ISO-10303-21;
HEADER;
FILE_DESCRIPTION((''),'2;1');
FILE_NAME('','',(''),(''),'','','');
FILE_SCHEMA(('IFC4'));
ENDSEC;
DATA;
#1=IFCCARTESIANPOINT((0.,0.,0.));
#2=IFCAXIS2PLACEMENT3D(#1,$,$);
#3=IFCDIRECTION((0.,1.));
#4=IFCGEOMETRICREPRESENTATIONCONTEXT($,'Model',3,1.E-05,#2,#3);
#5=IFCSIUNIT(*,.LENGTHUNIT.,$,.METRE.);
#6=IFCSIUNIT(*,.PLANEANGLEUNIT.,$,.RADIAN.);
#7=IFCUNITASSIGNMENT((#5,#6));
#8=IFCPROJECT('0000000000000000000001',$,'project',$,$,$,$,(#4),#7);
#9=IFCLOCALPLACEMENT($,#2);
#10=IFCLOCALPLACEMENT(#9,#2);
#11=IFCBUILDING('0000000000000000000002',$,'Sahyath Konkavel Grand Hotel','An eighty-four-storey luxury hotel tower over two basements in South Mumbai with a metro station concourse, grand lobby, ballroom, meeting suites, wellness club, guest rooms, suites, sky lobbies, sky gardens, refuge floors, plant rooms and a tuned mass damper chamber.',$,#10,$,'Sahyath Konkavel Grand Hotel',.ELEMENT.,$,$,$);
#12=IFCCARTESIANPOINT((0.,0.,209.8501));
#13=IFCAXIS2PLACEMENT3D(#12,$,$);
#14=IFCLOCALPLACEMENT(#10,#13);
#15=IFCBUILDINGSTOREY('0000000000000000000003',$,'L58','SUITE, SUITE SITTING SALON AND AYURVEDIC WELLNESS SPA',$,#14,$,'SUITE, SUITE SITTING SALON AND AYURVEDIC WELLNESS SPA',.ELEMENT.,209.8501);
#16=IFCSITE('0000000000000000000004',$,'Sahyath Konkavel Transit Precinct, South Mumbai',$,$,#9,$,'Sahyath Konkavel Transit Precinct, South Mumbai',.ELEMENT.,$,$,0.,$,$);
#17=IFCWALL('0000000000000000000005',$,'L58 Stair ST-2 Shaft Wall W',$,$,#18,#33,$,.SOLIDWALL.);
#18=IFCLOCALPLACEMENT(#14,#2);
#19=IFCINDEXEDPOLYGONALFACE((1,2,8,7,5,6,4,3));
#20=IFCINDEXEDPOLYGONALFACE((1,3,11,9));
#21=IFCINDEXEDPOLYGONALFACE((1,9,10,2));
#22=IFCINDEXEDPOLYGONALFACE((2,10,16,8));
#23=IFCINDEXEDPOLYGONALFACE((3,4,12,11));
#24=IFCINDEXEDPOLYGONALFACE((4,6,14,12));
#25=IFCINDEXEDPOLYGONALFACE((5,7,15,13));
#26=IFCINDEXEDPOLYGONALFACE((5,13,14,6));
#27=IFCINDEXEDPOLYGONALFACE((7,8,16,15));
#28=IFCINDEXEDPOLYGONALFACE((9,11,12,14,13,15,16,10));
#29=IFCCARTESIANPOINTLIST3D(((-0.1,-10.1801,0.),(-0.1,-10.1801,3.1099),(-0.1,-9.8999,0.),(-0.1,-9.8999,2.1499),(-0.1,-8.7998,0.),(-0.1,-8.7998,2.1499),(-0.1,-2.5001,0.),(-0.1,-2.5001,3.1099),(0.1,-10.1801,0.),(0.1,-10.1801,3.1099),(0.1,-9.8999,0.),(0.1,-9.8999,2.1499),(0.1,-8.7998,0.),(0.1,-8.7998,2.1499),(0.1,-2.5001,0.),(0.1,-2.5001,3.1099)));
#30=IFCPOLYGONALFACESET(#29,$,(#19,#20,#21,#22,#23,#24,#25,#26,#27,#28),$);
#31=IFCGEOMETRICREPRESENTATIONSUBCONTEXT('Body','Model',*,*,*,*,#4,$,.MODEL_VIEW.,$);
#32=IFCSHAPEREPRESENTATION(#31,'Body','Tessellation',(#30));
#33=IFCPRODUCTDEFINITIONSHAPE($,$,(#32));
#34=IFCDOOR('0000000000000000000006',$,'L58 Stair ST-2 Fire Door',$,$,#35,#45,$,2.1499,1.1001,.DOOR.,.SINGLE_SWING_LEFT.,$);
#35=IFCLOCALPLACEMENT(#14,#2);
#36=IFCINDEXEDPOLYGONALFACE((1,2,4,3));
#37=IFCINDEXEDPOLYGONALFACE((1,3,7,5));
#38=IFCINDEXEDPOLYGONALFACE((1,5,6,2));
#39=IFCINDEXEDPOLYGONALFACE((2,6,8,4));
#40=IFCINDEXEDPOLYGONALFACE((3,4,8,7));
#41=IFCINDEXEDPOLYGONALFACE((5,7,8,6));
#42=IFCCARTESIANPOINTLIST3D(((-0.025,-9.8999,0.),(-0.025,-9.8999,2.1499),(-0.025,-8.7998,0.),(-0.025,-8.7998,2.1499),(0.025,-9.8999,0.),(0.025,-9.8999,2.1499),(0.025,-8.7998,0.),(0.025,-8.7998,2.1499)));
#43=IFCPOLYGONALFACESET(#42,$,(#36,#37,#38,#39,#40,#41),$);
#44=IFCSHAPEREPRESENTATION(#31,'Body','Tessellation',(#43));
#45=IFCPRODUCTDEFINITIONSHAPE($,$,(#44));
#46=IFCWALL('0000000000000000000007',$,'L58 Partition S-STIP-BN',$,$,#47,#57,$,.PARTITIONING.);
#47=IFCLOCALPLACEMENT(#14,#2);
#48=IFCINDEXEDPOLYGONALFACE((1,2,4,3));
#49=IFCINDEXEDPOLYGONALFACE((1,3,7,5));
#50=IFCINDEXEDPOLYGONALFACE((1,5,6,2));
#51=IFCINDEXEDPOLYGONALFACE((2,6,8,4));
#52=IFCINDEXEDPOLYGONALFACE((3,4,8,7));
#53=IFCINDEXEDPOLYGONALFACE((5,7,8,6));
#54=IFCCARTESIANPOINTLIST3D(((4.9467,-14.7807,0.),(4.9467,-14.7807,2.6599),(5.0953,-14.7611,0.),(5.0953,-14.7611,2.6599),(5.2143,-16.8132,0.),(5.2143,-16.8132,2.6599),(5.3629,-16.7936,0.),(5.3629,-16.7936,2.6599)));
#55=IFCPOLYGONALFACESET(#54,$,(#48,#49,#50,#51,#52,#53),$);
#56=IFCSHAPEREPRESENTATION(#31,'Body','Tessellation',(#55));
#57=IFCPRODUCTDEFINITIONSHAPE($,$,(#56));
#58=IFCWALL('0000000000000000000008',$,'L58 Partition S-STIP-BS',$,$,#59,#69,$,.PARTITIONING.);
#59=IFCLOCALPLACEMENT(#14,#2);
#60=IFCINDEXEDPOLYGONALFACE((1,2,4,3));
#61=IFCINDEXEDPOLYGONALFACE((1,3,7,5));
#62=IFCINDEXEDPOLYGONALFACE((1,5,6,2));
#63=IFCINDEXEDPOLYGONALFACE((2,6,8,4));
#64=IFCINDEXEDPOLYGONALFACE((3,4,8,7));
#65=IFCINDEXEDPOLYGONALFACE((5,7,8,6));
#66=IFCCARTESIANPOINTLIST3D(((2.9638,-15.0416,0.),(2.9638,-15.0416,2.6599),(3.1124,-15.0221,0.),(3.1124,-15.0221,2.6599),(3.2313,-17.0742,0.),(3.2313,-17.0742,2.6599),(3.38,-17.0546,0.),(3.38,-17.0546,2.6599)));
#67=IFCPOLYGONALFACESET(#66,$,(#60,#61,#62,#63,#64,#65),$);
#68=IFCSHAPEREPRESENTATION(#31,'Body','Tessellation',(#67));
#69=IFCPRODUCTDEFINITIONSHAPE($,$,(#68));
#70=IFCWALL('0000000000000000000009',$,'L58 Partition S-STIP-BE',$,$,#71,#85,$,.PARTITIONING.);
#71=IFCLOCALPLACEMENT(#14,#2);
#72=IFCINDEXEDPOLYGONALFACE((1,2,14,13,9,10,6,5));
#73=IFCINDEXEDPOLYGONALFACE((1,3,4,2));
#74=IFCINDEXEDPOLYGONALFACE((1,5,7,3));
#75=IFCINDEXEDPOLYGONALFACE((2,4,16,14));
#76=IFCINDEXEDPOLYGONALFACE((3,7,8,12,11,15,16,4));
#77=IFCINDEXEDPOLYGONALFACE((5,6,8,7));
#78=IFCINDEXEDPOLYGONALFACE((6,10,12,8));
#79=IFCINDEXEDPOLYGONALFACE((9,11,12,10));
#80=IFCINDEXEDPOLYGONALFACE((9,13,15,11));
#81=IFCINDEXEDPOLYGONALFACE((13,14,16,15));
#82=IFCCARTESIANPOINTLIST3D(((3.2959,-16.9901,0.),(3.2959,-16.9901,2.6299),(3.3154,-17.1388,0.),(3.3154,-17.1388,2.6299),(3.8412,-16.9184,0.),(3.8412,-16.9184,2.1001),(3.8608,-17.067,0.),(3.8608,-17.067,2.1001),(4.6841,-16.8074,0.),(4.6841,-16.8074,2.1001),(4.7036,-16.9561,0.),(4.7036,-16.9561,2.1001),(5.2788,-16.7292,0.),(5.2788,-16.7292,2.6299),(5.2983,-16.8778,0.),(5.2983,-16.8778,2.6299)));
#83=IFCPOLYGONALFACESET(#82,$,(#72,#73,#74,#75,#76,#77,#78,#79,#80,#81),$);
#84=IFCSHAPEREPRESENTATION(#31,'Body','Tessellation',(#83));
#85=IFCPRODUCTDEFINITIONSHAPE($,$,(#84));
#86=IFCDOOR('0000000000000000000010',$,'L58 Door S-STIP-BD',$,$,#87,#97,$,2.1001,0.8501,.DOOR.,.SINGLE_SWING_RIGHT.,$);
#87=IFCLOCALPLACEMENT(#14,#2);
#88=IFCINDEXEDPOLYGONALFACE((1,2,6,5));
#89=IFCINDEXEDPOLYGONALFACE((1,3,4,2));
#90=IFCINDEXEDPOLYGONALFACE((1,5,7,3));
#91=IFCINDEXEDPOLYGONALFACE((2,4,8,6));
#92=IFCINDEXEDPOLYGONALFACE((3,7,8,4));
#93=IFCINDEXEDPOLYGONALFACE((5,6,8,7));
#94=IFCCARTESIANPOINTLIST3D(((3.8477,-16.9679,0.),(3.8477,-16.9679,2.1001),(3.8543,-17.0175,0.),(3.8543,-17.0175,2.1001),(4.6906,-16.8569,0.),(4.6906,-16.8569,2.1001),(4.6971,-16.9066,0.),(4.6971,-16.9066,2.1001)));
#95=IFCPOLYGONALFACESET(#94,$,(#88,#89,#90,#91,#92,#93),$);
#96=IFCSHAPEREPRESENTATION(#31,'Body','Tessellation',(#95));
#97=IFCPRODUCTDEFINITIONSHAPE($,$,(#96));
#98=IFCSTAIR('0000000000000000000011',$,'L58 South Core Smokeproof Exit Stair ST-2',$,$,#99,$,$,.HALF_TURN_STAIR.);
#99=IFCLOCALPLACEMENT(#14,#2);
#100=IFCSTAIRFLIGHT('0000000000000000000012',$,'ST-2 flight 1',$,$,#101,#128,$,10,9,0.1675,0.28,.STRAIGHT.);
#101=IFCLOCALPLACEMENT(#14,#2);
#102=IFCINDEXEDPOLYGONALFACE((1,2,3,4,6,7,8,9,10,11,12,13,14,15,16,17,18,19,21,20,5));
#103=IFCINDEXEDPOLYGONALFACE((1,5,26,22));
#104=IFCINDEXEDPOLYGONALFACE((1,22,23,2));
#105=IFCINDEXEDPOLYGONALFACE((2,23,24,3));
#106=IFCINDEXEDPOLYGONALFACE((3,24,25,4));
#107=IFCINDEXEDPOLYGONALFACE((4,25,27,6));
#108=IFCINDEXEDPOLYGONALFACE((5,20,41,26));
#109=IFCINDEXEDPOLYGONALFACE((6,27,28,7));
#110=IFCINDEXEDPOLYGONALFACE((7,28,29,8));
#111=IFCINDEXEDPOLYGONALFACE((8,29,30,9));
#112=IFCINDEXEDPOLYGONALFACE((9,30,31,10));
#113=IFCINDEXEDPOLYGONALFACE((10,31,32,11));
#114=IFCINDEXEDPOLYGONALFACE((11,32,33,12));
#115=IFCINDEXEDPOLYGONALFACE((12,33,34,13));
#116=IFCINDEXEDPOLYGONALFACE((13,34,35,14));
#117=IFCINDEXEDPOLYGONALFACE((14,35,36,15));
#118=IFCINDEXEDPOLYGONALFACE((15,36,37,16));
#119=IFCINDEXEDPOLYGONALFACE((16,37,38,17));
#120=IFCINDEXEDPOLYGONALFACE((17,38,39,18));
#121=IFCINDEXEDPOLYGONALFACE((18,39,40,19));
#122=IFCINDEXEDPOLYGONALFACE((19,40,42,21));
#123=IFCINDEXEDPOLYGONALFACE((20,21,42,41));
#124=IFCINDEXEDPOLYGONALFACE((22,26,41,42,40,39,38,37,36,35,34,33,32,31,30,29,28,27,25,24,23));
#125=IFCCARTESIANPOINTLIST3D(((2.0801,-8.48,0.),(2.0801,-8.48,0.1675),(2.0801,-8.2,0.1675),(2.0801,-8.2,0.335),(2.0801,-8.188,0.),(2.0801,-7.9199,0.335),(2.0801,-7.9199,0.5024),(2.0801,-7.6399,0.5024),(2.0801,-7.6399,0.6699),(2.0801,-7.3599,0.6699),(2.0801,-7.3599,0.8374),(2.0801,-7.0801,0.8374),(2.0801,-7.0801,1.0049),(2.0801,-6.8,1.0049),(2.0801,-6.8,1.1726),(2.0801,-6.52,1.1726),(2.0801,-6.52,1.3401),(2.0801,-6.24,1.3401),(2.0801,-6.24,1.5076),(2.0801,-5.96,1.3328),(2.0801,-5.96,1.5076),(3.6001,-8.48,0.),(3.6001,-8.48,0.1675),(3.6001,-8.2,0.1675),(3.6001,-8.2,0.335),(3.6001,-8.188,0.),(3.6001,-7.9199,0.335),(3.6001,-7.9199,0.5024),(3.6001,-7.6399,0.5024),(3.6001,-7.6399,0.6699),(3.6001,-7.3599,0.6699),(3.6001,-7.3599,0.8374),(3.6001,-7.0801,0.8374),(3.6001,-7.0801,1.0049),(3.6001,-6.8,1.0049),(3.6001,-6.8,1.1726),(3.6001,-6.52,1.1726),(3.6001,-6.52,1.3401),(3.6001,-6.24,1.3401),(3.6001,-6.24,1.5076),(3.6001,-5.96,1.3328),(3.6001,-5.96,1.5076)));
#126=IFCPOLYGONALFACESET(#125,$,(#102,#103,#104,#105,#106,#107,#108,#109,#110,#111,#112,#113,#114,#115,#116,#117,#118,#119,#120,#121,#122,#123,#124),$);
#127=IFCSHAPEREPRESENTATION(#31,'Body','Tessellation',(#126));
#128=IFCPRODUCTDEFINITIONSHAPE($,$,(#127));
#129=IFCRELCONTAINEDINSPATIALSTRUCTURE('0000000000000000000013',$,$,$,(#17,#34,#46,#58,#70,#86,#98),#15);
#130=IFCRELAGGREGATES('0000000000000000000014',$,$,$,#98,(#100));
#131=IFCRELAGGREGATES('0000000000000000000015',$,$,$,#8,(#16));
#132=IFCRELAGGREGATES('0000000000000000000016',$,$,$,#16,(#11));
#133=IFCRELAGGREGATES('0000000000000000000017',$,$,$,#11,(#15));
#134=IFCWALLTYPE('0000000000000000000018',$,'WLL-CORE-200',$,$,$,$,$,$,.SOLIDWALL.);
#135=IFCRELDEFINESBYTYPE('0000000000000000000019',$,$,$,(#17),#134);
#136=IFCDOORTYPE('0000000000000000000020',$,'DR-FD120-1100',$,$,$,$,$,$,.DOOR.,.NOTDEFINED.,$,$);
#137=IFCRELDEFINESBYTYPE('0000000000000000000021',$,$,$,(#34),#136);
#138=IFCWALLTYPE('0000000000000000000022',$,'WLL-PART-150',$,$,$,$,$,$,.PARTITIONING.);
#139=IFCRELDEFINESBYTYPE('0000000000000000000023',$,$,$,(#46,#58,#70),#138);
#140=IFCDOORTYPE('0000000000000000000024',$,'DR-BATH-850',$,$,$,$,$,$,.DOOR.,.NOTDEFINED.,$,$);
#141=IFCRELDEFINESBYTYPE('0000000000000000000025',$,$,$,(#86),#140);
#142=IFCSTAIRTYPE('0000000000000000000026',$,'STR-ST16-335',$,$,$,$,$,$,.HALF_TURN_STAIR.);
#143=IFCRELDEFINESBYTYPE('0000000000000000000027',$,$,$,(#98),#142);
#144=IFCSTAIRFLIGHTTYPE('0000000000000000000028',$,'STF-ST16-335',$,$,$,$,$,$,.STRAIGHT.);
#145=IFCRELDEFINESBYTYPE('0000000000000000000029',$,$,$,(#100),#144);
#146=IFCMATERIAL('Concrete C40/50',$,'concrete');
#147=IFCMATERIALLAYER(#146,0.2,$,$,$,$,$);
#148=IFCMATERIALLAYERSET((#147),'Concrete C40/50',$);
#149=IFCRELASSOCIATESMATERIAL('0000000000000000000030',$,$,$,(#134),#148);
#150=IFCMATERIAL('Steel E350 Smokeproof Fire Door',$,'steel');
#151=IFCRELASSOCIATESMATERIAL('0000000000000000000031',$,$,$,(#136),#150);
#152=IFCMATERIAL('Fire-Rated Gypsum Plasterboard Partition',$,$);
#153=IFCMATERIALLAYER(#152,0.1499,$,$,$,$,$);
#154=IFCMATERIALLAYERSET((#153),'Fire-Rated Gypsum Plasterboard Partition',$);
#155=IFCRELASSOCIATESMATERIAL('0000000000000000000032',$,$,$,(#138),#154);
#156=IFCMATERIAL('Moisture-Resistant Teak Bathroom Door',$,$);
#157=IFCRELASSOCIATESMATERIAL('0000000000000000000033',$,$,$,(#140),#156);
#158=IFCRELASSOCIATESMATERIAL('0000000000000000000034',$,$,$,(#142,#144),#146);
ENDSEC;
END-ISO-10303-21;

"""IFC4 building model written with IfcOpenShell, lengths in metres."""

from ifc_helpers import new_model, si_unit, direction, frame, frame_2d, origin, origin_2d, place, context, subcontext, project, spatial, polyline, rectangle, outline, extrude, source, transform, mapped, material, layer, layer_set, type_object, element, fill, aggregate, save


model = new_model("IFC4")

# Units and contexts
model_context = context("Model", 3, precision=1e-05, world=origin(), true_north=direction((0.0, 1.0)))
body_context = subcontext(model_context, "Body", "Model", "MODEL_VIEW")
ifc_project = project(units=[si_unit("LENGTHUNIT", "METRE"), si_unit("PLANEANGLEUNIT", "RADIAN")], contexts=[model_context])

# Site, building, storey
site_placement = place(None, origin())
site = spatial("IfcSite", under=ifc_project, at=site_placement, Name="Sahyath Konkavel Transit Precinct, South Mumbai", LongName="Sahyath Konkavel Transit Precinct, South Mumbai", CompositionType="ELEMENT", RefElevation=0.0)
building_placement = place(site_placement, origin())
building = spatial("IfcBuilding", under=site, at=building_placement, Name="Sahyath Konkavel Grand Hotel", Description="An eighty-four-storey luxury hotel tower over two basements in South Mumbai with a metro station concourse, grand lobby, ballroom, meeting suites, wellness club, guest rooms, suites, sky lobbies, sky gardens, refuge floors, plant rooms and a tuned mass damper chamber.", LongName="Sahyath Konkavel Grand Hotel", CompositionType="ELEMENT")
storey_placement = place(building_placement, frame((0.0, 0.0, 209.8501)))
storey = spatial("IfcBuildingStorey", under=building, at=storey_placement, Name="L58", Description="SUITE, SUITE SITTING SALON AND AYURVEDIC WELLNESS SPA", LongName="SUITE, SUITE SITTING SALON AND AYURVEDIC WELLNESS SPA", CompositionType="ELEMENT", Elevation=209.8501)

# Shared definitions
ifc_material_1 = material(Name="Concrete C40/50", Category="concrete")

# Wall, opening, door
ifc_layer_1 = layer(ifc_material_1, 0.2)
ifc_layer_set_1 = layer_set([ifc_layer_1], Name="Concrete C40/50")
wall_type_1 = type_object("IfcWallType", Name="WLL-CORE-200", PredefinedType="SOLIDWALL", material=ifc_layer_set_1)
wall_1_placement = place(storey_placement, frame((0.0, -10.1799, 0.0), z_axis=(0.0, 0.0, 1.0), x_axis=(0.0, 1.0, 0.0)))
wall_1 = element("IfcWall", 1, at=wall_1_placement, inside=storey, type_object=wall_type_1, Name="L58 Stair ST-2 Shaft Wall W", PredefinedType="SOLIDWALL", context=body_context, shape_type="SweptSolid", body=[
    extrude(rectangle(XDim=7.6799, YDim=0.2, at=frame_2d((3.8398, 0.0))), origin(), (0.0, 0.0, 1.0), 3.1099),
])
opening_1_placement = place(wall_1_placement, frame((0.28, 0.0, 0.0)))
opening_1 = element("IfcOpeningElement", 2, at=opening_1_placement, cuts=wall_1, PredefinedType="OPENING", context=body_context, shape_type="SweptSolid", body=[
    extrude(rectangle(XDim=1.1001, YDim=2.1499, at=frame_2d((0.55, 1.075))), frame((0.0, 0.1099, 0.0), z_axis=(0.0, -1.0, 0.0), x_axis=(1.0, 0.0, 0.0)), (0.0, 0.0, 1.0), 0.22),
])
ifc_material_2 = material(Name="Steel E350 Smokeproof Fire Door", Category="steel")
door_type_1 = type_object("IfcDoorType", Name="DR-FD120-1100", OperationType="NOTDEFINED", PredefinedType="DOOR", material=ifc_material_2)
shared_shape_1 = source(origin(), body_context, "Body", "SweptSolid", [
    extrude(rectangle(XDim=1.1001, YDim=0.05, at=origin_2d()), origin(), (0.0, 0.0, 1.0), 2.1499),
])
door_1_placement = place(opening_1_placement, frame((0.55, 0.0, 0.0)))
door_1 = element("IfcDoor", 3, at=door_1_placement, inside=storey, type_object=door_type_1, Name="L58 Stair ST-2 Fire Door", OperationType="SINGLE_SWING_LEFT", OverallHeight=2.1499, OverallWidth=1.1001, PredefinedType="DOOR", context=body_context, shape_type="MappedRepresentation", body=[
    mapped(shared_shape_1, transform((0.0, 0.0, 0.0), scale=1.0)),
])
fill(opening_1, door_1)

# Walls
ifc_material_3 = material(Name="Fire-Rated Gypsum Plasterboard Partition")
ifc_layer_2 = layer(ifc_material_3, 0.1499)
ifc_layer_set_2 = layer_set([ifc_layer_2], Name="Fire-Rated Gypsum Plasterboard Partition")
wall_type_2 = type_object("IfcWallType", Name="WLL-PART-150", PredefinedType="PARTITIONING", material=ifc_layer_set_2)
for number, where, z_axis, x_axis, name in (
    (4, (5.021, -14.771, 0.0), (0.0, 0.0, 1.0), (0.130525, -0.991445, 0.0), "L58 Partition S-STIP-BN"),
    (5, (3.0381, -15.032, 0.0), (0.0, 0.0, 1.0), (0.130525, -0.991445, 0.0), "L58 Partition S-STIP-BS"),
):
    element("IfcWall", number, at=place(storey_placement, frame(where, z_axis=z_axis, x_axis=x_axis)), inside=storey, type_object=wall_type_2, Name=name, PredefinedType="PARTITIONING", context=body_context, shape_type="SweptSolid", body=[
        extrude(rectangle(XDim=2.05, YDim=0.1499, at=frame_2d((1.0249, 0.0))), origin(), (0.0, 0.0, 1.0), 2.6599),
    ])

# Wall, opening, door
wall_2_placement = place(storey_placement, frame((3.3057, -17.0645, 0.0), z_axis=(0.0, 0.0, 1.0), x_axis=(0.991449, 0.130492, 0.0)))
wall_2 = element("IfcWall", 6, at=wall_2_placement, inside=storey, type_object=wall_type_2, Name="L58 Partition S-STIP-BE", PredefinedType="PARTITIONING", context=body_context, shape_type="SweptSolid", body=[
    extrude(rectangle(XDim=2.0, YDim=0.1499, at=frame_2d((1.0, 0.0))), origin(), (0.0, 0.0, 1.0), 2.6299),
])
opening_2_placement = place(wall_2_placement, frame((0.55, 0.0, 0.0)))
opening_2 = element("IfcOpeningElement", 7, at=opening_2_placement, cuts=wall_2, PredefinedType="OPENING", context=body_context, shape_type="SweptSolid", body=[
    extrude(rectangle(XDim=0.8501, YDim=2.1001, at=frame_2d((0.425, 1.05))), frame((0.0, 0.085, 0.0), z_axis=(0.0, -1.0, 0.0), x_axis=(1.0, 0.0, 0.0)), (0.0, 0.0, 1.0), 0.1699),
])
ifc_material_4 = material(Name="Moisture-Resistant Teak Bathroom Door")
door_type_2 = type_object("IfcDoorType", Name="DR-BATH-850", OperationType="NOTDEFINED", PredefinedType="DOOR", material=ifc_material_4)
shared_shape_2 = source(origin(), body_context, "Body", "SweptSolid", [
    extrude(rectangle(XDim=0.8501, YDim=0.05, at=origin_2d()), origin(), (0.0, 0.0, 1.0), 2.1001),
])
door_2_placement = place(opening_2_placement, frame((0.425, 0.0, 0.0)))
door_2 = element("IfcDoor", 8, at=door_2_placement, inside=storey, type_object=door_type_2, Name="L58 Door S-STIP-BD", OperationType="SINGLE_SWING_RIGHT", OverallHeight=2.1001, OverallWidth=0.8501, PredefinedType="DOOR", context=body_context, shape_type="MappedRepresentation", body=[
    mapped(shared_shape_2, transform((0.0, 0.0, 0.0), scale=1.0)),
])
fill(opening_2, door_2)

# Stair, stair flight
stair_type = type_object("IfcStairType", Name="STR-ST16-335", PredefinedType="HALF_TURN_STAIR", material=ifc_material_1)
stair_placement = place(storey_placement, origin())
stair = element("IfcStair", 9, at=stair_placement, inside=storey, type_object=stair_type, Name="L58 South Core Smokeproof Exit Stair ST-2", PredefinedType="HALF_TURN_STAIR")
stair_flight_type = type_object("IfcStairFlightType", Name="STF-ST16-335", PredefinedType="STRAIGHT", material=ifc_material_1)
stair_flight_placement = place(storey_placement, frame((2.8401, -8.48, 0.0), z_axis=(0.0, 0.0, 1.0), x_axis=(0.0, 1.0, 0.0)))
stair_flight = element("IfcStairFlight", 10, at=stair_flight_placement, type_object=stair_flight_type, Name="ST-2 flight 1", NumberOfRisers=10, NumberOfTreads=9, PredefinedType="STRAIGHT", RiserHeight=0.1675, TreadLength=0.28, context=body_context, shape_type="SweptSolid", body=[
    extrude(outline(polyline([(0.0, 0.0), (0.0, 0.1675), (0.28, 0.1675), (0.28, 0.335), (0.5601, 0.335), (0.5601, 0.5024), (0.8401, 0.5024), (0.8401, 0.6699), (1.1201, 0.6699), (1.1201, 0.8374), (1.3999, 0.8374), (1.3999, 1.0049), (1.6799, 1.0049), (1.6799, 1.1726), (1.96, 1.1726), (1.96, 1.3401), (2.24, 1.3401), (2.24, 1.5076), (2.52, 1.5076), (2.52, 1.675), (2.52, 1.3328), (0.292, 0.0), (0.0, 0.0)])), frame((0.0, 0.76, 0.0), z_axis=(0.0, -1.0, 0.0), x_axis=(1.0, 0.0, 0.0)), (0.0, 0.0, 1.0), 1.52),
])
aggregate(stair, [stair_flight])

save(model, "model.ifc")
